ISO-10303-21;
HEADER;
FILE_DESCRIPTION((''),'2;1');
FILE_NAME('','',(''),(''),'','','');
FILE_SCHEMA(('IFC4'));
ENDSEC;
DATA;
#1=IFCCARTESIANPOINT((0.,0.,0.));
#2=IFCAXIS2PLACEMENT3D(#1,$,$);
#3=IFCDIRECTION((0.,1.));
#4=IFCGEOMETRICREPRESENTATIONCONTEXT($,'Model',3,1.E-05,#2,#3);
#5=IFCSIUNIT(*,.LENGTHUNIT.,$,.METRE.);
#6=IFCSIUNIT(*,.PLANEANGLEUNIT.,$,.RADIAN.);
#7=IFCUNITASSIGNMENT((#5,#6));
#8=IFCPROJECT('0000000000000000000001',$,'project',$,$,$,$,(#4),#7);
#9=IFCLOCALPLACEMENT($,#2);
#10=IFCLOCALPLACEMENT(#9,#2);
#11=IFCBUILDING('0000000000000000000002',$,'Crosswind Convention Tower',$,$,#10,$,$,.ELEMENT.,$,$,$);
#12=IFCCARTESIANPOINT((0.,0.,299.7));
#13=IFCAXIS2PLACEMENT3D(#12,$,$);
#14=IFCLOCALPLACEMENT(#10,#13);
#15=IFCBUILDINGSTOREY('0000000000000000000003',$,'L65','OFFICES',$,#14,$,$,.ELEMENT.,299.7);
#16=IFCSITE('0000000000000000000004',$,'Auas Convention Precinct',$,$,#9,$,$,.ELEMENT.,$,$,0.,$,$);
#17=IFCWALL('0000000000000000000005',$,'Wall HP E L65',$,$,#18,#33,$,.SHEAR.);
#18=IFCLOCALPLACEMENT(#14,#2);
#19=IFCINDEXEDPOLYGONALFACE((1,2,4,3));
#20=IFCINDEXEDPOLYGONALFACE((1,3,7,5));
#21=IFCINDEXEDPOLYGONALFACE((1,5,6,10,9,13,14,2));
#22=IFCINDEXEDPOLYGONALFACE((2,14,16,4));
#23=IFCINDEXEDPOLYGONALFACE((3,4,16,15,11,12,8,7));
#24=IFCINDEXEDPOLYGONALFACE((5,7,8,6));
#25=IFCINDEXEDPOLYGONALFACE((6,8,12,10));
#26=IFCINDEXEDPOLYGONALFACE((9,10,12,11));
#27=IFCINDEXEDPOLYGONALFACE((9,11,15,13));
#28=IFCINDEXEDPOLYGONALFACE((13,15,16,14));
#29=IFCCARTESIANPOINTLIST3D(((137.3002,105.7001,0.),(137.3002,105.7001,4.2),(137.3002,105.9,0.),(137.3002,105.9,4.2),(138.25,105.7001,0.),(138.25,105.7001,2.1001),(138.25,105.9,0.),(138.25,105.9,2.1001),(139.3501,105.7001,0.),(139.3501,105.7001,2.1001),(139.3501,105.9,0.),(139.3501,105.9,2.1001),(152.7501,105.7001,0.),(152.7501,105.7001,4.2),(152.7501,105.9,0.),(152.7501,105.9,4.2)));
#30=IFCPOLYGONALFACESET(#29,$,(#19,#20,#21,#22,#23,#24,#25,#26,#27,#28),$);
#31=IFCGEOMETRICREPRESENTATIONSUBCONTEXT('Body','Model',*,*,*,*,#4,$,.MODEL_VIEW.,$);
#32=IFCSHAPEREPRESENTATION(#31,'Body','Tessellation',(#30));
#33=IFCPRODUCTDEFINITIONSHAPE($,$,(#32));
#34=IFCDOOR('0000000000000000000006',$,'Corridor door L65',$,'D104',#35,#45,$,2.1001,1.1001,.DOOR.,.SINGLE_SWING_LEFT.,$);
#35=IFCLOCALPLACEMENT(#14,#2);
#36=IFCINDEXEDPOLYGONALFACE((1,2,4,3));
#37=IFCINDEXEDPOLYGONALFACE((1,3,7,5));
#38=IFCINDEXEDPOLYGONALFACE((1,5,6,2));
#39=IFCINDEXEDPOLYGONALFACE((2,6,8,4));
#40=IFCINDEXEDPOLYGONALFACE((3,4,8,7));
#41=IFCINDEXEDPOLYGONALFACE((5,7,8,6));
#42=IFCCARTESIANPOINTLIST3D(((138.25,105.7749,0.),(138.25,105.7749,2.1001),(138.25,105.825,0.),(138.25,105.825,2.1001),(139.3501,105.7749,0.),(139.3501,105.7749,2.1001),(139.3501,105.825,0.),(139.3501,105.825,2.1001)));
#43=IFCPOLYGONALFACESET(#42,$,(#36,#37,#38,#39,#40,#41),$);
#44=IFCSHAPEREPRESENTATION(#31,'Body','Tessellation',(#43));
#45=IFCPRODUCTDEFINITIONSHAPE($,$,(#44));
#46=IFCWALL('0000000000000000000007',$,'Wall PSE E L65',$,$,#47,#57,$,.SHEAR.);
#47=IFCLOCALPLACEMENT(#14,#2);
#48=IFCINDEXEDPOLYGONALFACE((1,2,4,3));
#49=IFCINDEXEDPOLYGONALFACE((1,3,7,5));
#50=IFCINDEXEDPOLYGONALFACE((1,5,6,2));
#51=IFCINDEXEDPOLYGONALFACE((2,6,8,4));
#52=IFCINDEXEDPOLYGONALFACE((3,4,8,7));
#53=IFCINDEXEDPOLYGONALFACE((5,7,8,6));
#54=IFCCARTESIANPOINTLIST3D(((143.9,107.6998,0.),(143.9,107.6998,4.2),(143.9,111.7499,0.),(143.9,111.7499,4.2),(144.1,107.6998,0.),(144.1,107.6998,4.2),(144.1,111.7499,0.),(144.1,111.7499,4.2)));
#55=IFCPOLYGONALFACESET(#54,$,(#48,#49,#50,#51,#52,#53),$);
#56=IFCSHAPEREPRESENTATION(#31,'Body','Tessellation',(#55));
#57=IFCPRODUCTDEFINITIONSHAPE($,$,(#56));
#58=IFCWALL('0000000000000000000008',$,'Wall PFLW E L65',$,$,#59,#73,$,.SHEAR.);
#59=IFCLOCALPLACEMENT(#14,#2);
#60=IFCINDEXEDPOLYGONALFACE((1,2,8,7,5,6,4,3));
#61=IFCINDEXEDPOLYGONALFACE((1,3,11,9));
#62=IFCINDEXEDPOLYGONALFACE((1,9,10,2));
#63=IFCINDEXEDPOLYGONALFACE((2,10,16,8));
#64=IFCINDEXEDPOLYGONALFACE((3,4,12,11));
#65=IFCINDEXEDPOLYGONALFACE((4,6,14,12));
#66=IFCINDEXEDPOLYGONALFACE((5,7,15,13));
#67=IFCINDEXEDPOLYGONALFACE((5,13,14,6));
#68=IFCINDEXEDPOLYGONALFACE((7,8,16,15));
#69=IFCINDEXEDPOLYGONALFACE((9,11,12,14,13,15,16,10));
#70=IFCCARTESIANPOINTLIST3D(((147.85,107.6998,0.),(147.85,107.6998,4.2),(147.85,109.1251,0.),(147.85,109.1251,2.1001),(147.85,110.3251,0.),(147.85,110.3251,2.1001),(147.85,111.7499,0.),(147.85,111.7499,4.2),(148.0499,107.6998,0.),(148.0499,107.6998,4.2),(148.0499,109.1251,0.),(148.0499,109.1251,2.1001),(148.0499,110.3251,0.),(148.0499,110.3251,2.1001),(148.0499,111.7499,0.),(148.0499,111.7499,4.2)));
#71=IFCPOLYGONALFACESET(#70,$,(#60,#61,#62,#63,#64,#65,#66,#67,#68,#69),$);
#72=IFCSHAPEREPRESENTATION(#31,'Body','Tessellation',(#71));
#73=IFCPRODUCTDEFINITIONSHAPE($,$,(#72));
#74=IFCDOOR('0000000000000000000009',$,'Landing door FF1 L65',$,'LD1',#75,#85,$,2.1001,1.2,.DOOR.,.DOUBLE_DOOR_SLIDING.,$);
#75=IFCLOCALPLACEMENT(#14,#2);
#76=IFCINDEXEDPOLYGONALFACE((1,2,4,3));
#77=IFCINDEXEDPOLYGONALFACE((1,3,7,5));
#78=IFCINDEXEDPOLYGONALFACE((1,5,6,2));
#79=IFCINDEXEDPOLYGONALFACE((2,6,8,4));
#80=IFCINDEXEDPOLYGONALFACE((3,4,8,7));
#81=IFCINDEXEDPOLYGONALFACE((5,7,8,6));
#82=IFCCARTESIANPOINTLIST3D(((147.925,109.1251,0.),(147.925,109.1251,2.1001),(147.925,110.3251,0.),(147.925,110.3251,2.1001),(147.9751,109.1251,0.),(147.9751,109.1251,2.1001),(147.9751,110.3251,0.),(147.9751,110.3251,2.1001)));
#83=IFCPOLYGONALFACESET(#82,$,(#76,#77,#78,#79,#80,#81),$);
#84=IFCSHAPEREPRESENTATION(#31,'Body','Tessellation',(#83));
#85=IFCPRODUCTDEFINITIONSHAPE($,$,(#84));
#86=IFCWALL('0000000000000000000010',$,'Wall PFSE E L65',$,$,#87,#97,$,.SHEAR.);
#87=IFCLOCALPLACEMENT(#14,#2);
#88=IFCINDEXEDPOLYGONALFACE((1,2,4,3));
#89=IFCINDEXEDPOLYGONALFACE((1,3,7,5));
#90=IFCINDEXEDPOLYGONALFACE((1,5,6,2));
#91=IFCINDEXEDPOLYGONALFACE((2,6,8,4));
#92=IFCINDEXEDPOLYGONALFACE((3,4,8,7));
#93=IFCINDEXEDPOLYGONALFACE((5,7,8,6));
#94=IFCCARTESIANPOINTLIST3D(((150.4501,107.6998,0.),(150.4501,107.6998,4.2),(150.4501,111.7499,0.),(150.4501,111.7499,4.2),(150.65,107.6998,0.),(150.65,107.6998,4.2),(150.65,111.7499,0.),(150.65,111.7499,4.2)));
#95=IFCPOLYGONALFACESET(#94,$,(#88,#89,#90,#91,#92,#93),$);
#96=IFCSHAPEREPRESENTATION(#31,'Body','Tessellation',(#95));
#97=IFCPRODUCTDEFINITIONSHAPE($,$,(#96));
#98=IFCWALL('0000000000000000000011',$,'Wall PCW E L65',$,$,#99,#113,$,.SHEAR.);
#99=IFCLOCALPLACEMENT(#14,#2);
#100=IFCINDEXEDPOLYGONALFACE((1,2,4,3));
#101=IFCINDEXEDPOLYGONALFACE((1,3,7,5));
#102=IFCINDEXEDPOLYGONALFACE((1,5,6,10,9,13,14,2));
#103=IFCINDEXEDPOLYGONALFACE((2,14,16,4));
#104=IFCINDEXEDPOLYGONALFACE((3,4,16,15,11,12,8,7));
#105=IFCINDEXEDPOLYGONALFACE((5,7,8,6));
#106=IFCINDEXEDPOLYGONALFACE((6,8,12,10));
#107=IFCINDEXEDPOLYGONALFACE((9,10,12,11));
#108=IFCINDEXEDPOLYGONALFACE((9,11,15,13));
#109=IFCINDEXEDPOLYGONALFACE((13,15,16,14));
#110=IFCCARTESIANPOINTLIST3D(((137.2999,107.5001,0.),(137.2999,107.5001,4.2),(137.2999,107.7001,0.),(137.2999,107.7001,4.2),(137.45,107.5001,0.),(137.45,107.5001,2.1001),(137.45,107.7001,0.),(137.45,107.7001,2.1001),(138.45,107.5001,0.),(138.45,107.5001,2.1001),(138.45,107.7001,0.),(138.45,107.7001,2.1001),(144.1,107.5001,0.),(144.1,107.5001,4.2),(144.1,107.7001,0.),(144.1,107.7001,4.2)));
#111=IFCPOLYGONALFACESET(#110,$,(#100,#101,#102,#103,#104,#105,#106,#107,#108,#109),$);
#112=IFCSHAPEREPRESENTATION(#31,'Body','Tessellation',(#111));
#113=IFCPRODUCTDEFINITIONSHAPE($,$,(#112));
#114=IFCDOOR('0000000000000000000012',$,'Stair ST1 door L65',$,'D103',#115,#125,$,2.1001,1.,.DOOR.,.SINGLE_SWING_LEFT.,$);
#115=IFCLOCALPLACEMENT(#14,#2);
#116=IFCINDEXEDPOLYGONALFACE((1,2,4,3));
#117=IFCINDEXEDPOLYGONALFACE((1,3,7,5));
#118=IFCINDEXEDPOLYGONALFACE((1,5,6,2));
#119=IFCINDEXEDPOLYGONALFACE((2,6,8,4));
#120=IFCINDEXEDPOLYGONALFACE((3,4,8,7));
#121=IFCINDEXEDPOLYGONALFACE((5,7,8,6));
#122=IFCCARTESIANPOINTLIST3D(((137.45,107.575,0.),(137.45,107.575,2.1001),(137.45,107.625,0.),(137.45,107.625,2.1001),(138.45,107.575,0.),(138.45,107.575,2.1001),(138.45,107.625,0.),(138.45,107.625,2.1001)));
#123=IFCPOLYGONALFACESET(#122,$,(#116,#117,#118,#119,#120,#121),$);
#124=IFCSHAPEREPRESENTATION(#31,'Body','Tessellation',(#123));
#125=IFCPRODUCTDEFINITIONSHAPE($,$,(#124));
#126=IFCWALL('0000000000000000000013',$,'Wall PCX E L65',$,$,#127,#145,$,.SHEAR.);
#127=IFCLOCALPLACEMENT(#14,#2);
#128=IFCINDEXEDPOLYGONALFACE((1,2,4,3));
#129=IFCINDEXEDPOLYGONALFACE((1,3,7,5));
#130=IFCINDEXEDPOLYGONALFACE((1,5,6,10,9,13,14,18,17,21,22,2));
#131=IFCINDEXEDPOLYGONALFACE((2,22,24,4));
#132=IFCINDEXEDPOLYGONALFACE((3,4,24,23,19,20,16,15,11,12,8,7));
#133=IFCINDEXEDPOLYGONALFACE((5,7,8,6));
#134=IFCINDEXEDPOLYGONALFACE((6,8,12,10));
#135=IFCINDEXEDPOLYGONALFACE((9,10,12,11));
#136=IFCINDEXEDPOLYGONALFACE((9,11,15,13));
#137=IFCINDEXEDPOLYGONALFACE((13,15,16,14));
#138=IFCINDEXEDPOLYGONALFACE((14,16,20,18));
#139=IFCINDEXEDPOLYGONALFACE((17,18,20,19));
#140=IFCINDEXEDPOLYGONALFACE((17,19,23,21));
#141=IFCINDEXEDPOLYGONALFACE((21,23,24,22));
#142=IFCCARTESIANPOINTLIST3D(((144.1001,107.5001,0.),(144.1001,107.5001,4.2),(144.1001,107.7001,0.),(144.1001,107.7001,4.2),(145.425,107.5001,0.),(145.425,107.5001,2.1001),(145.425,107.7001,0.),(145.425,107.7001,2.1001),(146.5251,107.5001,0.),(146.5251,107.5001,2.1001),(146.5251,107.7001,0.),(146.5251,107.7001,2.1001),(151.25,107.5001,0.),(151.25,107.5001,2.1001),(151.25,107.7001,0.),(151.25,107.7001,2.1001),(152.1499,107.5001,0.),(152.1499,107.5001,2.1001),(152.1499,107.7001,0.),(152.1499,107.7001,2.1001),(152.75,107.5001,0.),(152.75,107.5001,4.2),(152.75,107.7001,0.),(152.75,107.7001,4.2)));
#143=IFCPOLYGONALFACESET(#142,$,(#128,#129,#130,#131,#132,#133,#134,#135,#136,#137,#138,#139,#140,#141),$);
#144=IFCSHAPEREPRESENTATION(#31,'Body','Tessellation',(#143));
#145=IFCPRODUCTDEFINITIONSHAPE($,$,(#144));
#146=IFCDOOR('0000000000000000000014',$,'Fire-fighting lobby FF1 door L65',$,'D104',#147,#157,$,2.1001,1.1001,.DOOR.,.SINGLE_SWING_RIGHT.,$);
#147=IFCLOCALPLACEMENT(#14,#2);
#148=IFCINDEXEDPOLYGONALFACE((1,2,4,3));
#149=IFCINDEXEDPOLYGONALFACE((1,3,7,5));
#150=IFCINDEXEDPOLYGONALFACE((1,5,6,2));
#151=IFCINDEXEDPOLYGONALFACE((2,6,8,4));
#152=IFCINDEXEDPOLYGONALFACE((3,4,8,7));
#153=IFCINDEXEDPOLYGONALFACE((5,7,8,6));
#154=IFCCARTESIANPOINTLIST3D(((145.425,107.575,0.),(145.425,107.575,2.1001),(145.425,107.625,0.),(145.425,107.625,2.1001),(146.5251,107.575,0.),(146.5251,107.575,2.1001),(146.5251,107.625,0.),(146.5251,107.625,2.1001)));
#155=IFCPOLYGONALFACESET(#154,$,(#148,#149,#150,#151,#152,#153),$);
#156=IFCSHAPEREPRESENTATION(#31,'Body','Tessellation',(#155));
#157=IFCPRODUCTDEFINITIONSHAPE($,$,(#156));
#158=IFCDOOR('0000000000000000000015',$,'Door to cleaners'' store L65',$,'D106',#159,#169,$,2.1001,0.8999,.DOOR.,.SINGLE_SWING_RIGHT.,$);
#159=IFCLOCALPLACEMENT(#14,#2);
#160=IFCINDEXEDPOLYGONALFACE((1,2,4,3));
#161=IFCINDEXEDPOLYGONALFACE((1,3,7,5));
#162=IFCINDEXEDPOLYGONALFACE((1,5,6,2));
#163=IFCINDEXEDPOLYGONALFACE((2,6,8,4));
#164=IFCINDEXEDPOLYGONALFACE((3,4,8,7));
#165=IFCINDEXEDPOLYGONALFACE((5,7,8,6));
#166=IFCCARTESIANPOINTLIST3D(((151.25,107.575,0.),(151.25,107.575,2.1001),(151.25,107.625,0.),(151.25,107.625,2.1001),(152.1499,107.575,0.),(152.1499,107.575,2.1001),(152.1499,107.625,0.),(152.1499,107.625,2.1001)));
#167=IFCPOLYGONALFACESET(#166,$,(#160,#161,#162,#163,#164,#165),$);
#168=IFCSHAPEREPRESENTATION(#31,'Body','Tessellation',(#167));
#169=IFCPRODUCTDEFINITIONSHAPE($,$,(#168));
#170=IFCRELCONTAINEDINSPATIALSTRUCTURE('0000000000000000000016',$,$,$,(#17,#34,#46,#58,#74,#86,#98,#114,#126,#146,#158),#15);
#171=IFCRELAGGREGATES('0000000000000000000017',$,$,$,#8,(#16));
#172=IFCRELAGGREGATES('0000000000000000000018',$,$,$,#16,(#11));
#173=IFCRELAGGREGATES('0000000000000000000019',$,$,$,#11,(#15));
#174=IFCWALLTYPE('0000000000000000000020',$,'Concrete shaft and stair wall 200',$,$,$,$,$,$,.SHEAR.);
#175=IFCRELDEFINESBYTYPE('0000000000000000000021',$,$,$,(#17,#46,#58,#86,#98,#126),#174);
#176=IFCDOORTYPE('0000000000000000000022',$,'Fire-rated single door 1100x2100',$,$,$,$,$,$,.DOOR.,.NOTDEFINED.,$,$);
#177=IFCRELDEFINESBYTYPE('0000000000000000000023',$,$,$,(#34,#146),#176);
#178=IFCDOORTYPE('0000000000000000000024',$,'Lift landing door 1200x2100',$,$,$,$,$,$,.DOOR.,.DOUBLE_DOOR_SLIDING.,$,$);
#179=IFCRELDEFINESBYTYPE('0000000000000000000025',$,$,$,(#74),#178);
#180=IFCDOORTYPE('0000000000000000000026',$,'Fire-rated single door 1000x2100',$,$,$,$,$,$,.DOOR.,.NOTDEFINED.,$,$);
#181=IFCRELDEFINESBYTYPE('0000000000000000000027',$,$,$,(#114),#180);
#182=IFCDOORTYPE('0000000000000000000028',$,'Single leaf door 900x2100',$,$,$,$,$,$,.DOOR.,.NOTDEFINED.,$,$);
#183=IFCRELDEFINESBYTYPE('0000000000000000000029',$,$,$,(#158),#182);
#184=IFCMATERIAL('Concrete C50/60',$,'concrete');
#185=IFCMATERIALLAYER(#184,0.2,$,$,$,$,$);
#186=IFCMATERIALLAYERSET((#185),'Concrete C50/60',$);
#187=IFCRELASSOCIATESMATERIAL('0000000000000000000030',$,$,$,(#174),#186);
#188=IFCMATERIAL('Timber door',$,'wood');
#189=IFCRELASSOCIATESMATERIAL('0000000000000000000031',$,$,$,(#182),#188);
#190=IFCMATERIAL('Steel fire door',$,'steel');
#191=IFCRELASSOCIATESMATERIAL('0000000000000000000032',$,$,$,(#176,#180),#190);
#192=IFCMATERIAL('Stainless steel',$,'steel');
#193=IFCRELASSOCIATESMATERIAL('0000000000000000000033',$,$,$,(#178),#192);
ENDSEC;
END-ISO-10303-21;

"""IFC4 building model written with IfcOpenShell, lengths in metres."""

from ifc_helpers import new_model, si_unit, direction, frame, frame_2d, origin, place, context, subcontext, project, spatial, rectangle, extrude, material, layer, layer_set, type_object, element, fill, save


model = new_model("IFC4")

# Units and contexts
model_context = context("Model", 3, precision=1e-05, world=origin(), true_north=direction((0.0, 1.0)))
body_context = subcontext(model_context, "Body", "Model", "MODEL_VIEW")
ifc_project = project(units=[si_unit("LENGTHUNIT", "METRE"), si_unit("PLANEANGLEUNIT", "RADIAN")], contexts=[model_context])

# Site, building, storey
site_placement = place(None, origin())
site = spatial("IfcSite", under=ifc_project, at=site_placement, Name="Auas Convention Precinct", CompositionType="ELEMENT", RefElevation=0.0)
building_placement = place(site_placement, origin())
building = spatial("IfcBuilding", under=site, at=building_placement, Name="Crosswind Convention Tower", CompositionType="ELEMENT")
storey_placement = place(building_placement, frame((0.0, 0.0, 299.7)))
storey = spatial("IfcBuildingStorey", under=building, at=storey_placement, Name="L65", Description="OFFICES", CompositionType="ELEMENT", Elevation=299.7)

# Shared definitions
ifc_material_1 = material(Name="Concrete C50/60", Category="concrete")
ifc_layer_1 = layer(ifc_material_1, 0.2)
ifc_layer_set_1 = layer_set([ifc_layer_1], Name="Concrete C50/60")
wall_type_1 = type_object("IfcWallType", Name="Concrete shaft and stair wall 200", PredefinedType="SHEAR", material=ifc_layer_set_1)

# Shared definitions
ifc_material_2 = material(Name="Timber door", Category="wood")
door_type_1 = type_object("IfcDoorType", Name="Single leaf door 900x2100", OperationType="NOTDEFINED", PredefinedType="DOOR", material=ifc_material_2)

# Wall, opening, door
wall_1_placement = place(storey_placement, frame((137.3, 105.8, 0.0), z_axis=(0.0, 0.0, 1.0), x_axis=(1.0, 0.0, 0.0)))
wall_1 = element("IfcWall", 1, at=wall_1_placement, inside=storey, type_object=wall_type_1, Name="Wall HP E L65", PredefinedType="SHEAR", context=body_context, shape_type="SweptSolid", body=[
    extrude(rectangle(XDim=15.45, YDim=0.2, at=frame_2d((7.7251, 0.0))), origin(), (0.0, 0.0, 1.0), 4.2),
])
opening_1_placement = place(wall_1_placement, frame((0.95, 0.0, 0.0)))
opening_1 = element("IfcOpeningElement", 2, at=opening_1_placement, cuts=wall_1, PredefinedType="OPENING", context=body_context, shape_type="SweptSolid", body=[
    extrude(rectangle(XDim=1.1001, YDim=2.1001, at=frame_2d((0.55, 1.05))), frame((0.0, 0.1099, 0.0), z_axis=(0.0, -1.0, 0.0), x_axis=(1.0, 0.0, 0.0)), (0.0, 0.0, 1.0), 0.22),
])
ifc_material_3 = material(Name="Steel fire door", Category="steel")
door_type_2 = type_object("IfcDoorType", Name="Fire-rated single door 1100x2100", OperationType="NOTDEFINED", PredefinedType="DOOR", material=ifc_material_3)
door_1_placement = place(opening_1_placement, origin())
door_1 = element("IfcDoor", 3, at=door_1_placement, inside=storey, type_object=door_type_2, Name="Corridor door L65", ObjectType="D104", OperationType="SINGLE_SWING_LEFT", OverallHeight=2.1001, OverallWidth=1.1001, PredefinedType="DOOR", context=body_context, shape_type="SweptSolid", body=[
    extrude(rectangle(XDim=1.1001, YDim=2.1001, at=frame_2d((0.55, 1.05))), frame((0.0, 0.0249, 0.0), z_axis=(0.0, -1.0, 0.0), x_axis=(1.0, 0.0, 0.0)), (0.0, 0.0, 1.0), 0.05),
])
fill(opening_1, door_1)

# Wall
wall_2_placement = place(storey_placement, frame((144.0, 107.7, 0.0), z_axis=(0.0, 0.0, 1.0), x_axis=(0.0, 1.0, 0.0)))
element("IfcWall", 4, at=wall_2_placement, inside=storey, type_object=wall_type_1, Name="Wall PSE E L65", PredefinedType="SHEAR", context=body_context, shape_type="SweptSolid", body=[
    extrude(rectangle(XDim=4.05, YDim=0.2, at=frame_2d((2.0249, 0.0))), origin(), (0.0, 0.0, 1.0), 4.2),
])

# Wall, opening, door
wall_3_placement = place(storey_placement, frame((147.95, 107.7, 0.0), z_axis=(0.0, 0.0, 1.0), x_axis=(0.0, 1.0, 0.0)))
wall_3 = element("IfcWall", 5, at=wall_3_placement, inside=storey, type_object=wall_type_1, Name="Wall PFLW E L65", PredefinedType="SHEAR", context=body_context, shape_type="SweptSolid", body=[
    extrude(rectangle(XDim=4.05, YDim=0.2, at=frame_2d((2.0249, 0.0))), origin(), (0.0, 0.0, 1.0), 4.2),
])
opening_2_placement = place(wall_3_placement, frame((1.425, 0.0, 0.0)))
opening_2 = element("IfcOpeningElement", 6, at=opening_2_placement, cuts=wall_3, PredefinedType="OPENING", context=body_context, shape_type="SweptSolid", body=[
    extrude(rectangle(XDim=1.2, YDim=2.1001, at=frame_2d((0.6001, 1.05))), frame((0.0, 0.1099, 0.0), z_axis=(0.0, -1.0, 0.0), x_axis=(1.0, 0.0, 0.0)), (0.0, 0.0, 1.0), 0.22),
])
ifc_material_4 = material(Name="Stainless steel", Category="steel")
door_type_3 = type_object("IfcDoorType", Name="Lift landing door 1200x2100", OperationType="DOUBLE_DOOR_SLIDING", PredefinedType="DOOR", material=ifc_material_4)
door_2_placement = place(opening_2_placement, origin())
door_2 = element("IfcDoor", 7, at=door_2_placement, inside=storey, type_object=door_type_3, Name="Landing door FF1 L65", ObjectType="LD1", OperationType="DOUBLE_DOOR_SLIDING", OverallHeight=2.1001, OverallWidth=1.2, PredefinedType="DOOR", context=body_context, shape_type="SweptSolid", body=[
    extrude(rectangle(XDim=1.2, YDim=2.1001, at=frame_2d((0.6001, 1.05))), frame((0.0, 0.0249, 0.0), z_axis=(0.0, -1.0, 0.0), x_axis=(1.0, 0.0, 0.0)), (0.0, 0.0, 1.0), 0.05),
])
fill(opening_2, door_2)

# Wall
wall_4_placement = place(storey_placement, frame((150.55, 107.7, 0.0), z_axis=(0.0, 0.0, 1.0), x_axis=(0.0, 1.0, 0.0)))
element("IfcWall", 8, at=wall_4_placement, inside=storey, type_object=wall_type_1, Name="Wall PFSE E L65", PredefinedType="SHEAR", context=body_context, shape_type="SweptSolid", body=[
    extrude(rectangle(XDim=4.05, YDim=0.2, at=frame_2d((2.0249, 0.0))), origin(), (0.0, 0.0, 1.0), 4.2),
])

# Wall, opening, door
wall_5_placement = place(storey_placement, frame((137.3, 107.6001, 0.0), z_axis=(0.0, 0.0, 1.0), x_axis=(1.0, 0.0, 0.0)))
wall_5 = element("IfcWall", 9, at=wall_5_placement, inside=storey, type_object=wall_type_1, Name="Wall PCW E L65", PredefinedType="SHEAR", context=body_context, shape_type="SweptSolid", body=[
    extrude(rectangle(XDim=6.8, YDim=0.2, at=frame_2d((3.3999, 0.0))), origin(), (0.0, 0.0, 1.0), 4.2),
])
opening_3_placement = place(wall_5_placement, frame((0.1499, 0.0, 0.0)))
opening_3 = element("IfcOpeningElement", 10, at=opening_3_placement, cuts=wall_5, PredefinedType="OPENING", context=body_context, shape_type="SweptSolid", body=[
    extrude(rectangle(XDim=1.0, YDim=2.1001, at=frame_2d((0.5, 1.05))), frame((0.0, 0.1099, 0.0), z_axis=(0.0, -1.0, 0.0), x_axis=(1.0, 0.0, 0.0)), (0.0, 0.0, 1.0), 0.22),
])
door_type_4 = type_object("IfcDoorType", Name="Fire-rated single door 1000x2100", OperationType="NOTDEFINED", PredefinedType="DOOR", material=ifc_material_3)
door_3_placement = place(opening_3_placement, origin())
door_3 = element("IfcDoor", 11, at=door_3_placement, inside=storey, type_object=door_type_4, Name="Stair ST1 door L65", ObjectType="D103", OperationType="SINGLE_SWING_LEFT", OverallHeight=2.1001, OverallWidth=1.0, PredefinedType="DOOR", context=body_context, shape_type="SweptSolid", body=[
    extrude(rectangle(XDim=1.0, YDim=2.1001, at=frame_2d((0.5, 1.05))), frame((0.0, 0.0249, 0.0), z_axis=(0.0, -1.0, 0.0), x_axis=(1.0, 0.0, 0.0)), (0.0, 0.0, 1.0), 0.05),
])
fill(opening_3, door_3)

# Wall, openings, doors
wall_6_placement = place(storey_placement, frame((144.1001, 107.6001, 0.0), z_axis=(0.0, 0.0, 1.0), x_axis=(1.0, 0.0, 0.0)))
wall_6 = element("IfcWall", 12, at=wall_6_placement, inside=storey, type_object=wall_type_1, Name="Wall PCX E L65", PredefinedType="SHEAR", context=body_context, shape_type="SweptSolid", body=[
    extrude(rectangle(XDim=8.6499, YDim=0.2, at=frame_2d((4.325, 0.0))), origin(), (0.0, 0.0, 1.0), 4.2),
])
opening_4_placement = place(wall_6_placement, frame((1.325, 0.0, 0.0)))
opening_4 = element("IfcOpeningElement", 13, at=opening_4_placement, cuts=wall_6, PredefinedType="OPENING", context=body_context, shape_type="SweptSolid", body=[
    extrude(rectangle(XDim=1.1001, YDim=2.1001, at=frame_2d((0.55, 1.05))), frame((0.0, 0.1099, 0.0), z_axis=(0.0, -1.0, 0.0), x_axis=(1.0, 0.0, 0.0)), (0.0, 0.0, 1.0), 0.22),
])
opening_5_placement = place(wall_6_placement, frame((7.1499, 0.0, 0.0)))
opening_5 = element("IfcOpeningElement", 14, at=opening_5_placement, cuts=wall_6, PredefinedType="OPENING", context=body_context, shape_type="SweptSolid", body=[
    extrude(rectangle(XDim=0.8999, YDim=2.1001, at=frame_2d((0.45, 1.05))), frame((0.0, 0.1099, 0.0), z_axis=(0.0, -1.0, 0.0), x_axis=(1.0, 0.0, 0.0)), (0.0, 0.0, 1.0), 0.22),
])
door_4_placement = place(opening_4_placement, origin())
door_4 = element("IfcDoor", 15, at=door_4_placement, inside=storey, type_object=door_type_2, Name="Fire-fighting lobby FF1 door L65", ObjectType="D104", OperationType="SINGLE_SWING_RIGHT", OverallHeight=2.1001, OverallWidth=1.1001, PredefinedType="DOOR", context=body_context, shape_type="SweptSolid", body=[
    extrude(rectangle(XDim=1.1001, YDim=2.1001, at=frame_2d((0.55, 1.05))), frame((0.0, 0.0249, 0.0), z_axis=(0.0, -1.0, 0.0), x_axis=(1.0, 0.0, 0.0)), (0.0, 0.0, 1.0), 0.05),
])
fill(opening_4, door_4)
door_5_placement = place(opening_5_placement, origin())
door_5 = element("IfcDoor", 16, at=door_5_placement, inside=storey, type_object=door_type_1, Name="Door to cleaners' store L65", ObjectType="D106", OperationType="SINGLE_SWING_RIGHT", OverallHeight=2.1001, OverallWidth=0.8999, PredefinedType="DOOR", context=body_context, shape_type="SweptSolid", body=[
    extrude(rectangle(XDim=0.8999, YDim=2.1001, at=frame_2d((0.45, 1.05))), frame((0.0, 0.0249, 0.0), z_axis=(0.0, -1.0, 0.0), x_axis=(1.0, 0.0, 0.0)), (0.0, 0.0, 1.0), 0.05),
])
fill(opening_5, door_5)

save(model, "model.ifc")
